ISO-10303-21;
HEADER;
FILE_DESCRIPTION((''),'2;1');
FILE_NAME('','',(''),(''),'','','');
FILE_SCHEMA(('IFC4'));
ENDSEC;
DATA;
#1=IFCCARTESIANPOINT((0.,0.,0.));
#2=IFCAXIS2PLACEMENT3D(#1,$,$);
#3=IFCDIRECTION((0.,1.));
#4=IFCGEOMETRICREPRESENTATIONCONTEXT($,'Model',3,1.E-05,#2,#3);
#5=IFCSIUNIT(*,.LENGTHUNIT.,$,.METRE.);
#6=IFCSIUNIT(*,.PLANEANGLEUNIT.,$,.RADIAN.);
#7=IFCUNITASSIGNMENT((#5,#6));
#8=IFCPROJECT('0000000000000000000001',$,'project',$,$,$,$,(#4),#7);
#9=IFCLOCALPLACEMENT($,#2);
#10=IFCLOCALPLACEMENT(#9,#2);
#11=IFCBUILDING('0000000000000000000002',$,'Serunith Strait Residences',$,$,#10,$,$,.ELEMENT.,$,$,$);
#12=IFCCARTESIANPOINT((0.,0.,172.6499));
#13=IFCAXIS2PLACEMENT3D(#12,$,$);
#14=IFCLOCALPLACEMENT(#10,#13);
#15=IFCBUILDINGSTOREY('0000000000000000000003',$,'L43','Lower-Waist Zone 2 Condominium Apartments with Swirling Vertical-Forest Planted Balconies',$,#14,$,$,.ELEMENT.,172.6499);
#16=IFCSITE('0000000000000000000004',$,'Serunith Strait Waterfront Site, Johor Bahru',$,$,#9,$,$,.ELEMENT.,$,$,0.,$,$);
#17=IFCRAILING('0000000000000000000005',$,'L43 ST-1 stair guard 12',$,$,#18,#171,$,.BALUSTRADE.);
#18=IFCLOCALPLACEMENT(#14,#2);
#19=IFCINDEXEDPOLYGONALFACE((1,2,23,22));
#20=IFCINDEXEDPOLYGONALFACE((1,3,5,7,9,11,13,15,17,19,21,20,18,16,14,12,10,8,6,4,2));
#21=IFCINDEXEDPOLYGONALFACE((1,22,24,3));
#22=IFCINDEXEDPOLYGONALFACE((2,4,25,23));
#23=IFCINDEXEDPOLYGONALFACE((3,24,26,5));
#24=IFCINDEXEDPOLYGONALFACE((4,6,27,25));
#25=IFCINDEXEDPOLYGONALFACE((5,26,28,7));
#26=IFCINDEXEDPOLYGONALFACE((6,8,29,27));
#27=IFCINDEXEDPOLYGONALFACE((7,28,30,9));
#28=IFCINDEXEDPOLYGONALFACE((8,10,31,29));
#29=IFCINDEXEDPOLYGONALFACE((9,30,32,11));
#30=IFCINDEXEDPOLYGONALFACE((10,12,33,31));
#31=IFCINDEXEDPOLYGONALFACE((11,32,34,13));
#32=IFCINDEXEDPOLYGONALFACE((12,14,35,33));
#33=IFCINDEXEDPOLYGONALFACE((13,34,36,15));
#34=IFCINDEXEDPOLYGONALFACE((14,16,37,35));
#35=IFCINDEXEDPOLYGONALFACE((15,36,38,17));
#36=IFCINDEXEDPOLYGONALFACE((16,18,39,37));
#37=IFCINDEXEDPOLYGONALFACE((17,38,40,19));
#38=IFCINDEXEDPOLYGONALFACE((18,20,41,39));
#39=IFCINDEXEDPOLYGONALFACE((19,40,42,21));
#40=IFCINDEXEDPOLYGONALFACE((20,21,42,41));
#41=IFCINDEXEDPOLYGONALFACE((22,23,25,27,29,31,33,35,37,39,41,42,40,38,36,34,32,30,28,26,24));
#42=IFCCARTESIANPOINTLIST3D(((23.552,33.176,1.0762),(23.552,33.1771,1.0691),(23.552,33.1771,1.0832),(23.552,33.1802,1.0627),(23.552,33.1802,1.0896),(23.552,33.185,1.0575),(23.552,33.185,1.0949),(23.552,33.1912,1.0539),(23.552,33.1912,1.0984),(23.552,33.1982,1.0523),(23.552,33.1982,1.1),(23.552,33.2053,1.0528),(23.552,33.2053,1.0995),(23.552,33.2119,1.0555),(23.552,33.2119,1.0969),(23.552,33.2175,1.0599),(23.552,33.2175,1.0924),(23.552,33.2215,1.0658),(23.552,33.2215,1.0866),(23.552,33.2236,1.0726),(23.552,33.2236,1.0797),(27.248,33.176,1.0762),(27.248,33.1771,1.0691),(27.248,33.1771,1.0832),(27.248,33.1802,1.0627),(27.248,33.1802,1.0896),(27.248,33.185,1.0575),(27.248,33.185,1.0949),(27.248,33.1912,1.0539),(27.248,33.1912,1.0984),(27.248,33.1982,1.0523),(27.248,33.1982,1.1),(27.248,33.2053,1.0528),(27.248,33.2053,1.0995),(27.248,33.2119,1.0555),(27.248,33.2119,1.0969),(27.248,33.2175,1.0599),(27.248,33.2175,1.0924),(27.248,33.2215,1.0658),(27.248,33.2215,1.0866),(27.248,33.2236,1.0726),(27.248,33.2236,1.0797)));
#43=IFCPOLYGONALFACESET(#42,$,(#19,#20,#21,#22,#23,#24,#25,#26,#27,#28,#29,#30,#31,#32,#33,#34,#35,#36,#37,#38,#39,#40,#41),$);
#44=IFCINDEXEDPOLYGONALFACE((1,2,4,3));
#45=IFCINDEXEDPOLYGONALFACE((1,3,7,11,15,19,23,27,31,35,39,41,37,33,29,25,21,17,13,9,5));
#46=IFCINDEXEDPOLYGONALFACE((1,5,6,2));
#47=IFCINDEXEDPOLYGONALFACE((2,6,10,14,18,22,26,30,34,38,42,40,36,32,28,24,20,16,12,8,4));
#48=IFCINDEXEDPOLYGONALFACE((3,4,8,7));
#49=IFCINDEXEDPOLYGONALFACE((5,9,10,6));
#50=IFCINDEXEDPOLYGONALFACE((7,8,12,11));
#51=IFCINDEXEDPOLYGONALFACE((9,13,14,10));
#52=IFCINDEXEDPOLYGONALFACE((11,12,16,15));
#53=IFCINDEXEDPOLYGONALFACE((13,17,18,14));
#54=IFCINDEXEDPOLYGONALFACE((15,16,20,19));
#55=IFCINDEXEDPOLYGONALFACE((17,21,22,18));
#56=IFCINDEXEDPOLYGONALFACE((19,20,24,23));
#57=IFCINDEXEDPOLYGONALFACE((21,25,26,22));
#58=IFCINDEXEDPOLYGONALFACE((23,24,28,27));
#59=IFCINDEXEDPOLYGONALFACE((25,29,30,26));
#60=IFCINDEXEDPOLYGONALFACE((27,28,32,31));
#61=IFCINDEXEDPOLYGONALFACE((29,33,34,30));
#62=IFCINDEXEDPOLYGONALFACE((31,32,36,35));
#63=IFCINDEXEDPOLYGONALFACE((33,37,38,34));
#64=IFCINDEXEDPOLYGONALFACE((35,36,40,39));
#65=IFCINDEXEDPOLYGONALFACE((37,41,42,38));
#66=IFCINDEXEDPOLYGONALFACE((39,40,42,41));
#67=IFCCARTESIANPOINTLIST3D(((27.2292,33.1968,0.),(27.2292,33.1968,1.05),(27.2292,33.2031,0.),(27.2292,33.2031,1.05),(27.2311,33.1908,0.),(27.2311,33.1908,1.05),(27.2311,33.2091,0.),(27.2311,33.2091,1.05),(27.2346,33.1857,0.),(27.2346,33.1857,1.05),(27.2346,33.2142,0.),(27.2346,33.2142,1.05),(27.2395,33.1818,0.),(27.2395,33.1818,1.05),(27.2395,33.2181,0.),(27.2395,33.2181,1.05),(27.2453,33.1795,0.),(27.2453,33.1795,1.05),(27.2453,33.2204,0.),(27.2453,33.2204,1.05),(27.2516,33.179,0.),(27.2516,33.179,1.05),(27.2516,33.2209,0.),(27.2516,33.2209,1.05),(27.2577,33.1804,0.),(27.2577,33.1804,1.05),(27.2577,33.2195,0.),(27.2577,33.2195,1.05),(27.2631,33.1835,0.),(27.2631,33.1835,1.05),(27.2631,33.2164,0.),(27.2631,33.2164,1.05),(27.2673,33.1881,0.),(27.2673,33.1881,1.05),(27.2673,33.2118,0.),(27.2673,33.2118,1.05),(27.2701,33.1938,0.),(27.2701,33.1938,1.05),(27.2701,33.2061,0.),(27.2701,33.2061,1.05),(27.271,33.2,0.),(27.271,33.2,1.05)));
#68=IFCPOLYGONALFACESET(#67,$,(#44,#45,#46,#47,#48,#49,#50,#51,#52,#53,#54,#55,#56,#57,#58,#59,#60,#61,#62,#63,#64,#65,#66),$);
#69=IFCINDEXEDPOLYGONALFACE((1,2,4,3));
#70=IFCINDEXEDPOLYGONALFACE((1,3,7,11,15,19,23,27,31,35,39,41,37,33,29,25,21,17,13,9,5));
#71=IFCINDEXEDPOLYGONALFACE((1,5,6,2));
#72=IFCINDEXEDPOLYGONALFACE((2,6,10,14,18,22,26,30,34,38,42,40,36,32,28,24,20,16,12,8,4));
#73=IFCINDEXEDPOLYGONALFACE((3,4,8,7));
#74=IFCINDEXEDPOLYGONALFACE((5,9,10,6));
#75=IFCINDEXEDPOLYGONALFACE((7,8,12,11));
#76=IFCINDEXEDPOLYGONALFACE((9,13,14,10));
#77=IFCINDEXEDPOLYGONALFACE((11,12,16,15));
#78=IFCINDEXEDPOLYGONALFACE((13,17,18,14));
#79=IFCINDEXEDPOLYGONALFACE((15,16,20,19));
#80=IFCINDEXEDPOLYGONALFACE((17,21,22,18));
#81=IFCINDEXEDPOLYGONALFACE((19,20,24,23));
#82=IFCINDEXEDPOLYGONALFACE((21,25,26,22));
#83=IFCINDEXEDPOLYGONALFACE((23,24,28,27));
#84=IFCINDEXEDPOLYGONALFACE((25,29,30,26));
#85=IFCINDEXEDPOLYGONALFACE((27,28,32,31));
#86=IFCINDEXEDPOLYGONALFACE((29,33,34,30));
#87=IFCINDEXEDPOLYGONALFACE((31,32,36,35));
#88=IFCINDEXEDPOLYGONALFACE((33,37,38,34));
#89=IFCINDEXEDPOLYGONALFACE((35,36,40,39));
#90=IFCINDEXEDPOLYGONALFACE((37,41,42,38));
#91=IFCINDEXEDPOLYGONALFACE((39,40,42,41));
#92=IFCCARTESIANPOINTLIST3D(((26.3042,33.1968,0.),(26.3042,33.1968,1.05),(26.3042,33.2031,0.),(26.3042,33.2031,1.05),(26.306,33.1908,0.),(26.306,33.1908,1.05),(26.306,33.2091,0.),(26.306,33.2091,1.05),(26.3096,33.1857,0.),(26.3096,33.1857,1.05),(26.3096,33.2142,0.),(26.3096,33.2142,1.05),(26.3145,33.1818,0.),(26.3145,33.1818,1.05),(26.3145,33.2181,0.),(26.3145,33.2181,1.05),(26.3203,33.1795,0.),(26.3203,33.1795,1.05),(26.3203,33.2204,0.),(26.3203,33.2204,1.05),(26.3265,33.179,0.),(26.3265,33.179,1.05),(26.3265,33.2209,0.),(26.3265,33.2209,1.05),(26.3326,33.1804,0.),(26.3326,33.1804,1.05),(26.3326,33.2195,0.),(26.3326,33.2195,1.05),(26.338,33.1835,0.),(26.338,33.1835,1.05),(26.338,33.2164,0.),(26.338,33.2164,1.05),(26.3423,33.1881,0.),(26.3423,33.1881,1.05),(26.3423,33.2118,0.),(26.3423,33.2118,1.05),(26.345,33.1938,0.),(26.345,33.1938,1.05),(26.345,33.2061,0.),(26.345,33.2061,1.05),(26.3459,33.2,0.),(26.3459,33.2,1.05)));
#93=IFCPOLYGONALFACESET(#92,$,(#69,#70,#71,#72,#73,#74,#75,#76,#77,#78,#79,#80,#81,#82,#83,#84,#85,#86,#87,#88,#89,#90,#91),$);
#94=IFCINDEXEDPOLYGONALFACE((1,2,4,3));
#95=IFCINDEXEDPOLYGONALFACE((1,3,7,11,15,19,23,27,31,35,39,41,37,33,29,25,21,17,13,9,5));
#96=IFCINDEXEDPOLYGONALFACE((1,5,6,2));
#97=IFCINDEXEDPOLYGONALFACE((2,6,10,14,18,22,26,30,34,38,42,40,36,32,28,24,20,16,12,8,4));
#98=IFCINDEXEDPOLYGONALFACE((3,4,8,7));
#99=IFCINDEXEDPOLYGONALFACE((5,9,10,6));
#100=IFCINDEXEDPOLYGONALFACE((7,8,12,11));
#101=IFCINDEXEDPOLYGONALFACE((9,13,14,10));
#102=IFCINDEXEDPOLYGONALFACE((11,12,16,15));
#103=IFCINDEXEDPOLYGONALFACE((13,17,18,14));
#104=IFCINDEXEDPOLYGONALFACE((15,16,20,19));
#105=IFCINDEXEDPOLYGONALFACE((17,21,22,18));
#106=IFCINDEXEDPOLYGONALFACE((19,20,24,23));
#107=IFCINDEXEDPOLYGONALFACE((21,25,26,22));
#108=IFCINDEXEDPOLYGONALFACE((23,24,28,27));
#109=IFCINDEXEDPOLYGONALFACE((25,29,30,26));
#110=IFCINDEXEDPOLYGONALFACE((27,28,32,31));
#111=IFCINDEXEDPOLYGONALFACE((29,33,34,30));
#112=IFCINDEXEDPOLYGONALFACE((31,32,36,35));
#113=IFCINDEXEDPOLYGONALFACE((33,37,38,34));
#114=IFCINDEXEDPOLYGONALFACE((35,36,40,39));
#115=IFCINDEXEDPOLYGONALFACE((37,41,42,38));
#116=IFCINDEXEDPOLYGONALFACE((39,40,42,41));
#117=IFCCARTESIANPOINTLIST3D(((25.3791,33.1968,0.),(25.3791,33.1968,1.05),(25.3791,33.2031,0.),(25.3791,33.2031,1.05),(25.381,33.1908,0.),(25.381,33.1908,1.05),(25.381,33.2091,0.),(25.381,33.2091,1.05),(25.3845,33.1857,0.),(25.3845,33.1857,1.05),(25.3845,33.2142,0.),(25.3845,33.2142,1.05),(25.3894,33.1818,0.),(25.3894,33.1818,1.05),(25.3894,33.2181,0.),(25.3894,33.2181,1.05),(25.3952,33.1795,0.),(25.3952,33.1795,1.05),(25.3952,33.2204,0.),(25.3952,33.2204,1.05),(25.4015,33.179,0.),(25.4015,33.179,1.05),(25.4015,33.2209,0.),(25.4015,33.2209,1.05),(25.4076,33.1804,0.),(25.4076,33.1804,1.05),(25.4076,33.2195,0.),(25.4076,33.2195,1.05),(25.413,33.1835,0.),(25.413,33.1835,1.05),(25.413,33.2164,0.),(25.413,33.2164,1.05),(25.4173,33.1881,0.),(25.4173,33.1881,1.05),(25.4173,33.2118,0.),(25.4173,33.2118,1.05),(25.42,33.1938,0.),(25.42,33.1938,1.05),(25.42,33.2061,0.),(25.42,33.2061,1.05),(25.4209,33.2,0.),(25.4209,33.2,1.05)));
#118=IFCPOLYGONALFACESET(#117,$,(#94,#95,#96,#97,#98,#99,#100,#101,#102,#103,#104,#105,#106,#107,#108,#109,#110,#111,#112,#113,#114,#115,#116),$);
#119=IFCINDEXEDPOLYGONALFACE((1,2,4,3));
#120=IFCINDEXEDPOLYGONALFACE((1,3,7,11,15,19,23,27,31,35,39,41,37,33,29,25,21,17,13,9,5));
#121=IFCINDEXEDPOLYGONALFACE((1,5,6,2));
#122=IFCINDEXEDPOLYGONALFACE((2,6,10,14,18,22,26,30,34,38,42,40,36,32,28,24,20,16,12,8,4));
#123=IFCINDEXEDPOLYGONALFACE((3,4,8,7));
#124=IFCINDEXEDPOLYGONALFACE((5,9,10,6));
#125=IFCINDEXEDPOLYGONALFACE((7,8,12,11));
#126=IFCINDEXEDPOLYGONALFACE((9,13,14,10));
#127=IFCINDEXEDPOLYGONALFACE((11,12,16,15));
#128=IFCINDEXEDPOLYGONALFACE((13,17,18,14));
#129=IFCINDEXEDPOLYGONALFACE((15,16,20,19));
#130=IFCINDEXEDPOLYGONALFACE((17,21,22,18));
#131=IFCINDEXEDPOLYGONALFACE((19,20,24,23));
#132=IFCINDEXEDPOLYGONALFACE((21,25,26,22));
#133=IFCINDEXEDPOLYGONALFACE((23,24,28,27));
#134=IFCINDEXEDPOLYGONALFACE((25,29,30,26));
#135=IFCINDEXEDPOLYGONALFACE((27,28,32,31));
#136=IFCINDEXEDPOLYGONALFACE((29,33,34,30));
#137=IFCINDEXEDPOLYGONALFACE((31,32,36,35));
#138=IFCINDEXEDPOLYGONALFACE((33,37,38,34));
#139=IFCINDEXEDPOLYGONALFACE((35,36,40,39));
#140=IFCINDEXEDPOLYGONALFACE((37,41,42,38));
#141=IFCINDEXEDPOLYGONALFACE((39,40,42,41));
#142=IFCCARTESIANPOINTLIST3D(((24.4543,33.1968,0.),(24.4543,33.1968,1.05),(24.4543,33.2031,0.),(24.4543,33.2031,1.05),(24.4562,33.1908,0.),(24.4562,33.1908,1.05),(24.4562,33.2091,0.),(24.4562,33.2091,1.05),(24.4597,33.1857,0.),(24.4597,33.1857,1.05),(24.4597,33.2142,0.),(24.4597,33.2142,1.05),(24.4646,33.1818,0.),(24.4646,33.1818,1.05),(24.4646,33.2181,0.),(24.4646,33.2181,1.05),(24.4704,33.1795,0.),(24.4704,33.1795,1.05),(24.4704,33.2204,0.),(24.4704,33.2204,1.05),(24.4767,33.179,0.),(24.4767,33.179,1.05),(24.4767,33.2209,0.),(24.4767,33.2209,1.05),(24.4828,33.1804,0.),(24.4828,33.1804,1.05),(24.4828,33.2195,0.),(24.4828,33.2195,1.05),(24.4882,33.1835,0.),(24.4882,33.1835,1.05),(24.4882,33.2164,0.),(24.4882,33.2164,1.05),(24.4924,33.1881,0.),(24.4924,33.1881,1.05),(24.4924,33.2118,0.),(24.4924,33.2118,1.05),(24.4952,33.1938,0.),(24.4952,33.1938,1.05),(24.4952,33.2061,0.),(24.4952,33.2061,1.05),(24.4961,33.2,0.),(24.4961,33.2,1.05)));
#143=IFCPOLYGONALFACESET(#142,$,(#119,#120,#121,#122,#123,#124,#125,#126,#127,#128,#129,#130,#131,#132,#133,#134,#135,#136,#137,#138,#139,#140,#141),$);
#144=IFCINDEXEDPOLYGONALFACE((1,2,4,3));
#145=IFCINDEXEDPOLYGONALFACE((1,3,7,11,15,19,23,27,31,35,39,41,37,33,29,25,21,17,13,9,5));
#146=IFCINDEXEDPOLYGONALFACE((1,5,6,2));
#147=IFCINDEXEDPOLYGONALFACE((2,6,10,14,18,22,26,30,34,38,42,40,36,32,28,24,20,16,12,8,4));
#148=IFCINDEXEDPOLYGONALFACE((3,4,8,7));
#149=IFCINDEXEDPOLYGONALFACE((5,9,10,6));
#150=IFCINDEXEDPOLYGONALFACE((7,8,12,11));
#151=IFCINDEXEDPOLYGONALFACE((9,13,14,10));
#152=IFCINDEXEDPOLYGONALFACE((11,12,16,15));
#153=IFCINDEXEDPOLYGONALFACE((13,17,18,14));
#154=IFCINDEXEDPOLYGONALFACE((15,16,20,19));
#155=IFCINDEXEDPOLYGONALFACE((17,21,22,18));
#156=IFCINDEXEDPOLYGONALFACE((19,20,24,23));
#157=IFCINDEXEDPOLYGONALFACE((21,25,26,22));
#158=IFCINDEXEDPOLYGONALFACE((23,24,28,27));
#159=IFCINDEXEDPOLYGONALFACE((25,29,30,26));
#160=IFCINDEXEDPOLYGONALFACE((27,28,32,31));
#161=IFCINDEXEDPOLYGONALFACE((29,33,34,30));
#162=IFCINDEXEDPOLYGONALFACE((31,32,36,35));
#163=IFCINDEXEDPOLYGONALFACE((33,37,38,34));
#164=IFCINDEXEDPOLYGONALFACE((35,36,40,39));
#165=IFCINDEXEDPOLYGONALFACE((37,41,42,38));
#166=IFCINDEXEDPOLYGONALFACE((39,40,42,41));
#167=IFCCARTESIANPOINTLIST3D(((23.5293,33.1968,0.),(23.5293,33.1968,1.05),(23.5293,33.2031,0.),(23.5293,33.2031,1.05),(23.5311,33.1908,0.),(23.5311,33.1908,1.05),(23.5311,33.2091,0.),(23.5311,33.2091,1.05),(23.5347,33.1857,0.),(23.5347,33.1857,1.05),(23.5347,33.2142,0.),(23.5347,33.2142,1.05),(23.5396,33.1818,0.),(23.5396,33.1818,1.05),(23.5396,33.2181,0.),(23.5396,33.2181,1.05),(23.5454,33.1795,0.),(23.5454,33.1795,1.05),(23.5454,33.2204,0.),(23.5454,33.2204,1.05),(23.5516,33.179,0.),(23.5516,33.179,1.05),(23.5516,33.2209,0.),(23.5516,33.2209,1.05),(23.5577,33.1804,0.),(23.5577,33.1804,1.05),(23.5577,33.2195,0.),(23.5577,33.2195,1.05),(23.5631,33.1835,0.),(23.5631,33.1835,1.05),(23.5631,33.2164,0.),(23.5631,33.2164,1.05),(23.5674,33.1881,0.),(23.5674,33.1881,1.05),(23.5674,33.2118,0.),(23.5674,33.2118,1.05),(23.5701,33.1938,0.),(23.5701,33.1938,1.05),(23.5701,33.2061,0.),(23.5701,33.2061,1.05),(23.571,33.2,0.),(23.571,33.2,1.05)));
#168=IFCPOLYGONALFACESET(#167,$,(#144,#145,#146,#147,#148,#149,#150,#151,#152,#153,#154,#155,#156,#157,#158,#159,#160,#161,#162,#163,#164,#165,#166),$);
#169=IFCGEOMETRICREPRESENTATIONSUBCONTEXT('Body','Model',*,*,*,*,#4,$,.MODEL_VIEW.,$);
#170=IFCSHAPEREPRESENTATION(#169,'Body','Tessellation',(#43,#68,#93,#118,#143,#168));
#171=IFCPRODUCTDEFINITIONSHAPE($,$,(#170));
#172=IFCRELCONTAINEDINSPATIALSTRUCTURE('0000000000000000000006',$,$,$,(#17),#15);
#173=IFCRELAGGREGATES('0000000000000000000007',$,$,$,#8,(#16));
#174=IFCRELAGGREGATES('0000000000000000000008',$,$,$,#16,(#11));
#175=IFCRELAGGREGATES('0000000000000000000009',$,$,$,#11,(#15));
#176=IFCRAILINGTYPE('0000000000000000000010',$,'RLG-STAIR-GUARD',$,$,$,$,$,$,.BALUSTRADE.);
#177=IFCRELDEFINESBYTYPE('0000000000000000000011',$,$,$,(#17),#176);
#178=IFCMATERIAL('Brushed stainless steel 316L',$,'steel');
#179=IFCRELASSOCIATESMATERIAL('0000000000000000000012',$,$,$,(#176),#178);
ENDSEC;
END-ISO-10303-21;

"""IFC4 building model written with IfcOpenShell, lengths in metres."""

from ifc_helpers import new_model, si_unit, direction, frame, origin, origin_2d, place, context, subcontext, project, spatial, circle, extrude, material, type_object, element, save


model = new_model("IFC4")

# Units and contexts
model_context = context("Model", 3, precision=1e-05, world=origin(), true_north=direction((0.0, 1.0)))
body_context = subcontext(model_context, "Body", "Model", "MODEL_VIEW")
ifc_project = project(units=[si_unit("LENGTHUNIT", "METRE"), si_unit("PLANEANGLEUNIT", "RADIAN")], contexts=[model_context])

# Site, building, storey
site_placement = place(None, origin())
site = spatial("IfcSite", under=ifc_project, at=site_placement, Name="Serunith Strait Waterfront Site, Johor Bahru", CompositionType="ELEMENT", RefElevation=0.0)
building_placement = place(site_placement, origin())
building = spatial("IfcBuilding", under=site, at=building_placement, Name="Serunith Strait Residences", CompositionType="ELEMENT")
storey_placement = place(building_placement, frame((0.0, 0.0, 172.6499)))
storey = spatial("IfcBuildingStorey", under=building, at=storey_placement, Name="L43", Description="Lower-Waist Zone 2 Condominium Apartments with Swirling Vertical-Forest Planted Balconies", CompositionType="ELEMENT", Elevation=172.6499)

# Railing
ifc_material_1 = material(Name="Brushed stainless steel 316L", Category="steel")
railing_type = type_object("IfcRailingType", Name="RLG-STAIR-GUARD", PredefinedType="BALUSTRADE", material=ifc_material_1)
railing_1_placement = place(storey_placement, frame((27.25, 33.2, 0.0)))
element("IfcRailing", 1, at=railing_1_placement, inside=storey, type_object=railing_type, Name="L43 ST-1 stair guard 12", PredefinedType="BALUSTRADE", context=body_context, shape_type="SweptSolid", body=[
    extrude(circle(Radius=0.0239, at=origin_2d()), frame((-0.002, 0.0, 1.0762), z_axis=(-1.0, 0.0, 0.0), x_axis=(0.0, -1.0, 0.0)), (0.0, 0.0, 1.0), 3.696),
    extrude(circle(Radius=0.021, at=origin_2d()), origin(), (0.0, 0.0, 1.0), 1.05),
    extrude(circle(Radius=0.021, at=origin_2d()), frame((-0.925, 0.0, 0.0)), (0.0, 0.0, 1.0), 1.05),
    extrude(circle(Radius=0.021, at=origin_2d()), frame((-1.8501, 0.0, 0.0)), (0.0, 0.0, 1.0), 1.05),
    extrude(circle(Radius=0.021, at=origin_2d()), frame((-2.7749, 0.0, 0.0)), (0.0, 0.0, 1.0), 1.05),
    extrude(circle(Radius=0.021, at=origin_2d()), frame((-3.7, 0.0, 0.0)), (0.0, 0.0, 1.0), 1.05),
])

save(model, "model.ifc")
